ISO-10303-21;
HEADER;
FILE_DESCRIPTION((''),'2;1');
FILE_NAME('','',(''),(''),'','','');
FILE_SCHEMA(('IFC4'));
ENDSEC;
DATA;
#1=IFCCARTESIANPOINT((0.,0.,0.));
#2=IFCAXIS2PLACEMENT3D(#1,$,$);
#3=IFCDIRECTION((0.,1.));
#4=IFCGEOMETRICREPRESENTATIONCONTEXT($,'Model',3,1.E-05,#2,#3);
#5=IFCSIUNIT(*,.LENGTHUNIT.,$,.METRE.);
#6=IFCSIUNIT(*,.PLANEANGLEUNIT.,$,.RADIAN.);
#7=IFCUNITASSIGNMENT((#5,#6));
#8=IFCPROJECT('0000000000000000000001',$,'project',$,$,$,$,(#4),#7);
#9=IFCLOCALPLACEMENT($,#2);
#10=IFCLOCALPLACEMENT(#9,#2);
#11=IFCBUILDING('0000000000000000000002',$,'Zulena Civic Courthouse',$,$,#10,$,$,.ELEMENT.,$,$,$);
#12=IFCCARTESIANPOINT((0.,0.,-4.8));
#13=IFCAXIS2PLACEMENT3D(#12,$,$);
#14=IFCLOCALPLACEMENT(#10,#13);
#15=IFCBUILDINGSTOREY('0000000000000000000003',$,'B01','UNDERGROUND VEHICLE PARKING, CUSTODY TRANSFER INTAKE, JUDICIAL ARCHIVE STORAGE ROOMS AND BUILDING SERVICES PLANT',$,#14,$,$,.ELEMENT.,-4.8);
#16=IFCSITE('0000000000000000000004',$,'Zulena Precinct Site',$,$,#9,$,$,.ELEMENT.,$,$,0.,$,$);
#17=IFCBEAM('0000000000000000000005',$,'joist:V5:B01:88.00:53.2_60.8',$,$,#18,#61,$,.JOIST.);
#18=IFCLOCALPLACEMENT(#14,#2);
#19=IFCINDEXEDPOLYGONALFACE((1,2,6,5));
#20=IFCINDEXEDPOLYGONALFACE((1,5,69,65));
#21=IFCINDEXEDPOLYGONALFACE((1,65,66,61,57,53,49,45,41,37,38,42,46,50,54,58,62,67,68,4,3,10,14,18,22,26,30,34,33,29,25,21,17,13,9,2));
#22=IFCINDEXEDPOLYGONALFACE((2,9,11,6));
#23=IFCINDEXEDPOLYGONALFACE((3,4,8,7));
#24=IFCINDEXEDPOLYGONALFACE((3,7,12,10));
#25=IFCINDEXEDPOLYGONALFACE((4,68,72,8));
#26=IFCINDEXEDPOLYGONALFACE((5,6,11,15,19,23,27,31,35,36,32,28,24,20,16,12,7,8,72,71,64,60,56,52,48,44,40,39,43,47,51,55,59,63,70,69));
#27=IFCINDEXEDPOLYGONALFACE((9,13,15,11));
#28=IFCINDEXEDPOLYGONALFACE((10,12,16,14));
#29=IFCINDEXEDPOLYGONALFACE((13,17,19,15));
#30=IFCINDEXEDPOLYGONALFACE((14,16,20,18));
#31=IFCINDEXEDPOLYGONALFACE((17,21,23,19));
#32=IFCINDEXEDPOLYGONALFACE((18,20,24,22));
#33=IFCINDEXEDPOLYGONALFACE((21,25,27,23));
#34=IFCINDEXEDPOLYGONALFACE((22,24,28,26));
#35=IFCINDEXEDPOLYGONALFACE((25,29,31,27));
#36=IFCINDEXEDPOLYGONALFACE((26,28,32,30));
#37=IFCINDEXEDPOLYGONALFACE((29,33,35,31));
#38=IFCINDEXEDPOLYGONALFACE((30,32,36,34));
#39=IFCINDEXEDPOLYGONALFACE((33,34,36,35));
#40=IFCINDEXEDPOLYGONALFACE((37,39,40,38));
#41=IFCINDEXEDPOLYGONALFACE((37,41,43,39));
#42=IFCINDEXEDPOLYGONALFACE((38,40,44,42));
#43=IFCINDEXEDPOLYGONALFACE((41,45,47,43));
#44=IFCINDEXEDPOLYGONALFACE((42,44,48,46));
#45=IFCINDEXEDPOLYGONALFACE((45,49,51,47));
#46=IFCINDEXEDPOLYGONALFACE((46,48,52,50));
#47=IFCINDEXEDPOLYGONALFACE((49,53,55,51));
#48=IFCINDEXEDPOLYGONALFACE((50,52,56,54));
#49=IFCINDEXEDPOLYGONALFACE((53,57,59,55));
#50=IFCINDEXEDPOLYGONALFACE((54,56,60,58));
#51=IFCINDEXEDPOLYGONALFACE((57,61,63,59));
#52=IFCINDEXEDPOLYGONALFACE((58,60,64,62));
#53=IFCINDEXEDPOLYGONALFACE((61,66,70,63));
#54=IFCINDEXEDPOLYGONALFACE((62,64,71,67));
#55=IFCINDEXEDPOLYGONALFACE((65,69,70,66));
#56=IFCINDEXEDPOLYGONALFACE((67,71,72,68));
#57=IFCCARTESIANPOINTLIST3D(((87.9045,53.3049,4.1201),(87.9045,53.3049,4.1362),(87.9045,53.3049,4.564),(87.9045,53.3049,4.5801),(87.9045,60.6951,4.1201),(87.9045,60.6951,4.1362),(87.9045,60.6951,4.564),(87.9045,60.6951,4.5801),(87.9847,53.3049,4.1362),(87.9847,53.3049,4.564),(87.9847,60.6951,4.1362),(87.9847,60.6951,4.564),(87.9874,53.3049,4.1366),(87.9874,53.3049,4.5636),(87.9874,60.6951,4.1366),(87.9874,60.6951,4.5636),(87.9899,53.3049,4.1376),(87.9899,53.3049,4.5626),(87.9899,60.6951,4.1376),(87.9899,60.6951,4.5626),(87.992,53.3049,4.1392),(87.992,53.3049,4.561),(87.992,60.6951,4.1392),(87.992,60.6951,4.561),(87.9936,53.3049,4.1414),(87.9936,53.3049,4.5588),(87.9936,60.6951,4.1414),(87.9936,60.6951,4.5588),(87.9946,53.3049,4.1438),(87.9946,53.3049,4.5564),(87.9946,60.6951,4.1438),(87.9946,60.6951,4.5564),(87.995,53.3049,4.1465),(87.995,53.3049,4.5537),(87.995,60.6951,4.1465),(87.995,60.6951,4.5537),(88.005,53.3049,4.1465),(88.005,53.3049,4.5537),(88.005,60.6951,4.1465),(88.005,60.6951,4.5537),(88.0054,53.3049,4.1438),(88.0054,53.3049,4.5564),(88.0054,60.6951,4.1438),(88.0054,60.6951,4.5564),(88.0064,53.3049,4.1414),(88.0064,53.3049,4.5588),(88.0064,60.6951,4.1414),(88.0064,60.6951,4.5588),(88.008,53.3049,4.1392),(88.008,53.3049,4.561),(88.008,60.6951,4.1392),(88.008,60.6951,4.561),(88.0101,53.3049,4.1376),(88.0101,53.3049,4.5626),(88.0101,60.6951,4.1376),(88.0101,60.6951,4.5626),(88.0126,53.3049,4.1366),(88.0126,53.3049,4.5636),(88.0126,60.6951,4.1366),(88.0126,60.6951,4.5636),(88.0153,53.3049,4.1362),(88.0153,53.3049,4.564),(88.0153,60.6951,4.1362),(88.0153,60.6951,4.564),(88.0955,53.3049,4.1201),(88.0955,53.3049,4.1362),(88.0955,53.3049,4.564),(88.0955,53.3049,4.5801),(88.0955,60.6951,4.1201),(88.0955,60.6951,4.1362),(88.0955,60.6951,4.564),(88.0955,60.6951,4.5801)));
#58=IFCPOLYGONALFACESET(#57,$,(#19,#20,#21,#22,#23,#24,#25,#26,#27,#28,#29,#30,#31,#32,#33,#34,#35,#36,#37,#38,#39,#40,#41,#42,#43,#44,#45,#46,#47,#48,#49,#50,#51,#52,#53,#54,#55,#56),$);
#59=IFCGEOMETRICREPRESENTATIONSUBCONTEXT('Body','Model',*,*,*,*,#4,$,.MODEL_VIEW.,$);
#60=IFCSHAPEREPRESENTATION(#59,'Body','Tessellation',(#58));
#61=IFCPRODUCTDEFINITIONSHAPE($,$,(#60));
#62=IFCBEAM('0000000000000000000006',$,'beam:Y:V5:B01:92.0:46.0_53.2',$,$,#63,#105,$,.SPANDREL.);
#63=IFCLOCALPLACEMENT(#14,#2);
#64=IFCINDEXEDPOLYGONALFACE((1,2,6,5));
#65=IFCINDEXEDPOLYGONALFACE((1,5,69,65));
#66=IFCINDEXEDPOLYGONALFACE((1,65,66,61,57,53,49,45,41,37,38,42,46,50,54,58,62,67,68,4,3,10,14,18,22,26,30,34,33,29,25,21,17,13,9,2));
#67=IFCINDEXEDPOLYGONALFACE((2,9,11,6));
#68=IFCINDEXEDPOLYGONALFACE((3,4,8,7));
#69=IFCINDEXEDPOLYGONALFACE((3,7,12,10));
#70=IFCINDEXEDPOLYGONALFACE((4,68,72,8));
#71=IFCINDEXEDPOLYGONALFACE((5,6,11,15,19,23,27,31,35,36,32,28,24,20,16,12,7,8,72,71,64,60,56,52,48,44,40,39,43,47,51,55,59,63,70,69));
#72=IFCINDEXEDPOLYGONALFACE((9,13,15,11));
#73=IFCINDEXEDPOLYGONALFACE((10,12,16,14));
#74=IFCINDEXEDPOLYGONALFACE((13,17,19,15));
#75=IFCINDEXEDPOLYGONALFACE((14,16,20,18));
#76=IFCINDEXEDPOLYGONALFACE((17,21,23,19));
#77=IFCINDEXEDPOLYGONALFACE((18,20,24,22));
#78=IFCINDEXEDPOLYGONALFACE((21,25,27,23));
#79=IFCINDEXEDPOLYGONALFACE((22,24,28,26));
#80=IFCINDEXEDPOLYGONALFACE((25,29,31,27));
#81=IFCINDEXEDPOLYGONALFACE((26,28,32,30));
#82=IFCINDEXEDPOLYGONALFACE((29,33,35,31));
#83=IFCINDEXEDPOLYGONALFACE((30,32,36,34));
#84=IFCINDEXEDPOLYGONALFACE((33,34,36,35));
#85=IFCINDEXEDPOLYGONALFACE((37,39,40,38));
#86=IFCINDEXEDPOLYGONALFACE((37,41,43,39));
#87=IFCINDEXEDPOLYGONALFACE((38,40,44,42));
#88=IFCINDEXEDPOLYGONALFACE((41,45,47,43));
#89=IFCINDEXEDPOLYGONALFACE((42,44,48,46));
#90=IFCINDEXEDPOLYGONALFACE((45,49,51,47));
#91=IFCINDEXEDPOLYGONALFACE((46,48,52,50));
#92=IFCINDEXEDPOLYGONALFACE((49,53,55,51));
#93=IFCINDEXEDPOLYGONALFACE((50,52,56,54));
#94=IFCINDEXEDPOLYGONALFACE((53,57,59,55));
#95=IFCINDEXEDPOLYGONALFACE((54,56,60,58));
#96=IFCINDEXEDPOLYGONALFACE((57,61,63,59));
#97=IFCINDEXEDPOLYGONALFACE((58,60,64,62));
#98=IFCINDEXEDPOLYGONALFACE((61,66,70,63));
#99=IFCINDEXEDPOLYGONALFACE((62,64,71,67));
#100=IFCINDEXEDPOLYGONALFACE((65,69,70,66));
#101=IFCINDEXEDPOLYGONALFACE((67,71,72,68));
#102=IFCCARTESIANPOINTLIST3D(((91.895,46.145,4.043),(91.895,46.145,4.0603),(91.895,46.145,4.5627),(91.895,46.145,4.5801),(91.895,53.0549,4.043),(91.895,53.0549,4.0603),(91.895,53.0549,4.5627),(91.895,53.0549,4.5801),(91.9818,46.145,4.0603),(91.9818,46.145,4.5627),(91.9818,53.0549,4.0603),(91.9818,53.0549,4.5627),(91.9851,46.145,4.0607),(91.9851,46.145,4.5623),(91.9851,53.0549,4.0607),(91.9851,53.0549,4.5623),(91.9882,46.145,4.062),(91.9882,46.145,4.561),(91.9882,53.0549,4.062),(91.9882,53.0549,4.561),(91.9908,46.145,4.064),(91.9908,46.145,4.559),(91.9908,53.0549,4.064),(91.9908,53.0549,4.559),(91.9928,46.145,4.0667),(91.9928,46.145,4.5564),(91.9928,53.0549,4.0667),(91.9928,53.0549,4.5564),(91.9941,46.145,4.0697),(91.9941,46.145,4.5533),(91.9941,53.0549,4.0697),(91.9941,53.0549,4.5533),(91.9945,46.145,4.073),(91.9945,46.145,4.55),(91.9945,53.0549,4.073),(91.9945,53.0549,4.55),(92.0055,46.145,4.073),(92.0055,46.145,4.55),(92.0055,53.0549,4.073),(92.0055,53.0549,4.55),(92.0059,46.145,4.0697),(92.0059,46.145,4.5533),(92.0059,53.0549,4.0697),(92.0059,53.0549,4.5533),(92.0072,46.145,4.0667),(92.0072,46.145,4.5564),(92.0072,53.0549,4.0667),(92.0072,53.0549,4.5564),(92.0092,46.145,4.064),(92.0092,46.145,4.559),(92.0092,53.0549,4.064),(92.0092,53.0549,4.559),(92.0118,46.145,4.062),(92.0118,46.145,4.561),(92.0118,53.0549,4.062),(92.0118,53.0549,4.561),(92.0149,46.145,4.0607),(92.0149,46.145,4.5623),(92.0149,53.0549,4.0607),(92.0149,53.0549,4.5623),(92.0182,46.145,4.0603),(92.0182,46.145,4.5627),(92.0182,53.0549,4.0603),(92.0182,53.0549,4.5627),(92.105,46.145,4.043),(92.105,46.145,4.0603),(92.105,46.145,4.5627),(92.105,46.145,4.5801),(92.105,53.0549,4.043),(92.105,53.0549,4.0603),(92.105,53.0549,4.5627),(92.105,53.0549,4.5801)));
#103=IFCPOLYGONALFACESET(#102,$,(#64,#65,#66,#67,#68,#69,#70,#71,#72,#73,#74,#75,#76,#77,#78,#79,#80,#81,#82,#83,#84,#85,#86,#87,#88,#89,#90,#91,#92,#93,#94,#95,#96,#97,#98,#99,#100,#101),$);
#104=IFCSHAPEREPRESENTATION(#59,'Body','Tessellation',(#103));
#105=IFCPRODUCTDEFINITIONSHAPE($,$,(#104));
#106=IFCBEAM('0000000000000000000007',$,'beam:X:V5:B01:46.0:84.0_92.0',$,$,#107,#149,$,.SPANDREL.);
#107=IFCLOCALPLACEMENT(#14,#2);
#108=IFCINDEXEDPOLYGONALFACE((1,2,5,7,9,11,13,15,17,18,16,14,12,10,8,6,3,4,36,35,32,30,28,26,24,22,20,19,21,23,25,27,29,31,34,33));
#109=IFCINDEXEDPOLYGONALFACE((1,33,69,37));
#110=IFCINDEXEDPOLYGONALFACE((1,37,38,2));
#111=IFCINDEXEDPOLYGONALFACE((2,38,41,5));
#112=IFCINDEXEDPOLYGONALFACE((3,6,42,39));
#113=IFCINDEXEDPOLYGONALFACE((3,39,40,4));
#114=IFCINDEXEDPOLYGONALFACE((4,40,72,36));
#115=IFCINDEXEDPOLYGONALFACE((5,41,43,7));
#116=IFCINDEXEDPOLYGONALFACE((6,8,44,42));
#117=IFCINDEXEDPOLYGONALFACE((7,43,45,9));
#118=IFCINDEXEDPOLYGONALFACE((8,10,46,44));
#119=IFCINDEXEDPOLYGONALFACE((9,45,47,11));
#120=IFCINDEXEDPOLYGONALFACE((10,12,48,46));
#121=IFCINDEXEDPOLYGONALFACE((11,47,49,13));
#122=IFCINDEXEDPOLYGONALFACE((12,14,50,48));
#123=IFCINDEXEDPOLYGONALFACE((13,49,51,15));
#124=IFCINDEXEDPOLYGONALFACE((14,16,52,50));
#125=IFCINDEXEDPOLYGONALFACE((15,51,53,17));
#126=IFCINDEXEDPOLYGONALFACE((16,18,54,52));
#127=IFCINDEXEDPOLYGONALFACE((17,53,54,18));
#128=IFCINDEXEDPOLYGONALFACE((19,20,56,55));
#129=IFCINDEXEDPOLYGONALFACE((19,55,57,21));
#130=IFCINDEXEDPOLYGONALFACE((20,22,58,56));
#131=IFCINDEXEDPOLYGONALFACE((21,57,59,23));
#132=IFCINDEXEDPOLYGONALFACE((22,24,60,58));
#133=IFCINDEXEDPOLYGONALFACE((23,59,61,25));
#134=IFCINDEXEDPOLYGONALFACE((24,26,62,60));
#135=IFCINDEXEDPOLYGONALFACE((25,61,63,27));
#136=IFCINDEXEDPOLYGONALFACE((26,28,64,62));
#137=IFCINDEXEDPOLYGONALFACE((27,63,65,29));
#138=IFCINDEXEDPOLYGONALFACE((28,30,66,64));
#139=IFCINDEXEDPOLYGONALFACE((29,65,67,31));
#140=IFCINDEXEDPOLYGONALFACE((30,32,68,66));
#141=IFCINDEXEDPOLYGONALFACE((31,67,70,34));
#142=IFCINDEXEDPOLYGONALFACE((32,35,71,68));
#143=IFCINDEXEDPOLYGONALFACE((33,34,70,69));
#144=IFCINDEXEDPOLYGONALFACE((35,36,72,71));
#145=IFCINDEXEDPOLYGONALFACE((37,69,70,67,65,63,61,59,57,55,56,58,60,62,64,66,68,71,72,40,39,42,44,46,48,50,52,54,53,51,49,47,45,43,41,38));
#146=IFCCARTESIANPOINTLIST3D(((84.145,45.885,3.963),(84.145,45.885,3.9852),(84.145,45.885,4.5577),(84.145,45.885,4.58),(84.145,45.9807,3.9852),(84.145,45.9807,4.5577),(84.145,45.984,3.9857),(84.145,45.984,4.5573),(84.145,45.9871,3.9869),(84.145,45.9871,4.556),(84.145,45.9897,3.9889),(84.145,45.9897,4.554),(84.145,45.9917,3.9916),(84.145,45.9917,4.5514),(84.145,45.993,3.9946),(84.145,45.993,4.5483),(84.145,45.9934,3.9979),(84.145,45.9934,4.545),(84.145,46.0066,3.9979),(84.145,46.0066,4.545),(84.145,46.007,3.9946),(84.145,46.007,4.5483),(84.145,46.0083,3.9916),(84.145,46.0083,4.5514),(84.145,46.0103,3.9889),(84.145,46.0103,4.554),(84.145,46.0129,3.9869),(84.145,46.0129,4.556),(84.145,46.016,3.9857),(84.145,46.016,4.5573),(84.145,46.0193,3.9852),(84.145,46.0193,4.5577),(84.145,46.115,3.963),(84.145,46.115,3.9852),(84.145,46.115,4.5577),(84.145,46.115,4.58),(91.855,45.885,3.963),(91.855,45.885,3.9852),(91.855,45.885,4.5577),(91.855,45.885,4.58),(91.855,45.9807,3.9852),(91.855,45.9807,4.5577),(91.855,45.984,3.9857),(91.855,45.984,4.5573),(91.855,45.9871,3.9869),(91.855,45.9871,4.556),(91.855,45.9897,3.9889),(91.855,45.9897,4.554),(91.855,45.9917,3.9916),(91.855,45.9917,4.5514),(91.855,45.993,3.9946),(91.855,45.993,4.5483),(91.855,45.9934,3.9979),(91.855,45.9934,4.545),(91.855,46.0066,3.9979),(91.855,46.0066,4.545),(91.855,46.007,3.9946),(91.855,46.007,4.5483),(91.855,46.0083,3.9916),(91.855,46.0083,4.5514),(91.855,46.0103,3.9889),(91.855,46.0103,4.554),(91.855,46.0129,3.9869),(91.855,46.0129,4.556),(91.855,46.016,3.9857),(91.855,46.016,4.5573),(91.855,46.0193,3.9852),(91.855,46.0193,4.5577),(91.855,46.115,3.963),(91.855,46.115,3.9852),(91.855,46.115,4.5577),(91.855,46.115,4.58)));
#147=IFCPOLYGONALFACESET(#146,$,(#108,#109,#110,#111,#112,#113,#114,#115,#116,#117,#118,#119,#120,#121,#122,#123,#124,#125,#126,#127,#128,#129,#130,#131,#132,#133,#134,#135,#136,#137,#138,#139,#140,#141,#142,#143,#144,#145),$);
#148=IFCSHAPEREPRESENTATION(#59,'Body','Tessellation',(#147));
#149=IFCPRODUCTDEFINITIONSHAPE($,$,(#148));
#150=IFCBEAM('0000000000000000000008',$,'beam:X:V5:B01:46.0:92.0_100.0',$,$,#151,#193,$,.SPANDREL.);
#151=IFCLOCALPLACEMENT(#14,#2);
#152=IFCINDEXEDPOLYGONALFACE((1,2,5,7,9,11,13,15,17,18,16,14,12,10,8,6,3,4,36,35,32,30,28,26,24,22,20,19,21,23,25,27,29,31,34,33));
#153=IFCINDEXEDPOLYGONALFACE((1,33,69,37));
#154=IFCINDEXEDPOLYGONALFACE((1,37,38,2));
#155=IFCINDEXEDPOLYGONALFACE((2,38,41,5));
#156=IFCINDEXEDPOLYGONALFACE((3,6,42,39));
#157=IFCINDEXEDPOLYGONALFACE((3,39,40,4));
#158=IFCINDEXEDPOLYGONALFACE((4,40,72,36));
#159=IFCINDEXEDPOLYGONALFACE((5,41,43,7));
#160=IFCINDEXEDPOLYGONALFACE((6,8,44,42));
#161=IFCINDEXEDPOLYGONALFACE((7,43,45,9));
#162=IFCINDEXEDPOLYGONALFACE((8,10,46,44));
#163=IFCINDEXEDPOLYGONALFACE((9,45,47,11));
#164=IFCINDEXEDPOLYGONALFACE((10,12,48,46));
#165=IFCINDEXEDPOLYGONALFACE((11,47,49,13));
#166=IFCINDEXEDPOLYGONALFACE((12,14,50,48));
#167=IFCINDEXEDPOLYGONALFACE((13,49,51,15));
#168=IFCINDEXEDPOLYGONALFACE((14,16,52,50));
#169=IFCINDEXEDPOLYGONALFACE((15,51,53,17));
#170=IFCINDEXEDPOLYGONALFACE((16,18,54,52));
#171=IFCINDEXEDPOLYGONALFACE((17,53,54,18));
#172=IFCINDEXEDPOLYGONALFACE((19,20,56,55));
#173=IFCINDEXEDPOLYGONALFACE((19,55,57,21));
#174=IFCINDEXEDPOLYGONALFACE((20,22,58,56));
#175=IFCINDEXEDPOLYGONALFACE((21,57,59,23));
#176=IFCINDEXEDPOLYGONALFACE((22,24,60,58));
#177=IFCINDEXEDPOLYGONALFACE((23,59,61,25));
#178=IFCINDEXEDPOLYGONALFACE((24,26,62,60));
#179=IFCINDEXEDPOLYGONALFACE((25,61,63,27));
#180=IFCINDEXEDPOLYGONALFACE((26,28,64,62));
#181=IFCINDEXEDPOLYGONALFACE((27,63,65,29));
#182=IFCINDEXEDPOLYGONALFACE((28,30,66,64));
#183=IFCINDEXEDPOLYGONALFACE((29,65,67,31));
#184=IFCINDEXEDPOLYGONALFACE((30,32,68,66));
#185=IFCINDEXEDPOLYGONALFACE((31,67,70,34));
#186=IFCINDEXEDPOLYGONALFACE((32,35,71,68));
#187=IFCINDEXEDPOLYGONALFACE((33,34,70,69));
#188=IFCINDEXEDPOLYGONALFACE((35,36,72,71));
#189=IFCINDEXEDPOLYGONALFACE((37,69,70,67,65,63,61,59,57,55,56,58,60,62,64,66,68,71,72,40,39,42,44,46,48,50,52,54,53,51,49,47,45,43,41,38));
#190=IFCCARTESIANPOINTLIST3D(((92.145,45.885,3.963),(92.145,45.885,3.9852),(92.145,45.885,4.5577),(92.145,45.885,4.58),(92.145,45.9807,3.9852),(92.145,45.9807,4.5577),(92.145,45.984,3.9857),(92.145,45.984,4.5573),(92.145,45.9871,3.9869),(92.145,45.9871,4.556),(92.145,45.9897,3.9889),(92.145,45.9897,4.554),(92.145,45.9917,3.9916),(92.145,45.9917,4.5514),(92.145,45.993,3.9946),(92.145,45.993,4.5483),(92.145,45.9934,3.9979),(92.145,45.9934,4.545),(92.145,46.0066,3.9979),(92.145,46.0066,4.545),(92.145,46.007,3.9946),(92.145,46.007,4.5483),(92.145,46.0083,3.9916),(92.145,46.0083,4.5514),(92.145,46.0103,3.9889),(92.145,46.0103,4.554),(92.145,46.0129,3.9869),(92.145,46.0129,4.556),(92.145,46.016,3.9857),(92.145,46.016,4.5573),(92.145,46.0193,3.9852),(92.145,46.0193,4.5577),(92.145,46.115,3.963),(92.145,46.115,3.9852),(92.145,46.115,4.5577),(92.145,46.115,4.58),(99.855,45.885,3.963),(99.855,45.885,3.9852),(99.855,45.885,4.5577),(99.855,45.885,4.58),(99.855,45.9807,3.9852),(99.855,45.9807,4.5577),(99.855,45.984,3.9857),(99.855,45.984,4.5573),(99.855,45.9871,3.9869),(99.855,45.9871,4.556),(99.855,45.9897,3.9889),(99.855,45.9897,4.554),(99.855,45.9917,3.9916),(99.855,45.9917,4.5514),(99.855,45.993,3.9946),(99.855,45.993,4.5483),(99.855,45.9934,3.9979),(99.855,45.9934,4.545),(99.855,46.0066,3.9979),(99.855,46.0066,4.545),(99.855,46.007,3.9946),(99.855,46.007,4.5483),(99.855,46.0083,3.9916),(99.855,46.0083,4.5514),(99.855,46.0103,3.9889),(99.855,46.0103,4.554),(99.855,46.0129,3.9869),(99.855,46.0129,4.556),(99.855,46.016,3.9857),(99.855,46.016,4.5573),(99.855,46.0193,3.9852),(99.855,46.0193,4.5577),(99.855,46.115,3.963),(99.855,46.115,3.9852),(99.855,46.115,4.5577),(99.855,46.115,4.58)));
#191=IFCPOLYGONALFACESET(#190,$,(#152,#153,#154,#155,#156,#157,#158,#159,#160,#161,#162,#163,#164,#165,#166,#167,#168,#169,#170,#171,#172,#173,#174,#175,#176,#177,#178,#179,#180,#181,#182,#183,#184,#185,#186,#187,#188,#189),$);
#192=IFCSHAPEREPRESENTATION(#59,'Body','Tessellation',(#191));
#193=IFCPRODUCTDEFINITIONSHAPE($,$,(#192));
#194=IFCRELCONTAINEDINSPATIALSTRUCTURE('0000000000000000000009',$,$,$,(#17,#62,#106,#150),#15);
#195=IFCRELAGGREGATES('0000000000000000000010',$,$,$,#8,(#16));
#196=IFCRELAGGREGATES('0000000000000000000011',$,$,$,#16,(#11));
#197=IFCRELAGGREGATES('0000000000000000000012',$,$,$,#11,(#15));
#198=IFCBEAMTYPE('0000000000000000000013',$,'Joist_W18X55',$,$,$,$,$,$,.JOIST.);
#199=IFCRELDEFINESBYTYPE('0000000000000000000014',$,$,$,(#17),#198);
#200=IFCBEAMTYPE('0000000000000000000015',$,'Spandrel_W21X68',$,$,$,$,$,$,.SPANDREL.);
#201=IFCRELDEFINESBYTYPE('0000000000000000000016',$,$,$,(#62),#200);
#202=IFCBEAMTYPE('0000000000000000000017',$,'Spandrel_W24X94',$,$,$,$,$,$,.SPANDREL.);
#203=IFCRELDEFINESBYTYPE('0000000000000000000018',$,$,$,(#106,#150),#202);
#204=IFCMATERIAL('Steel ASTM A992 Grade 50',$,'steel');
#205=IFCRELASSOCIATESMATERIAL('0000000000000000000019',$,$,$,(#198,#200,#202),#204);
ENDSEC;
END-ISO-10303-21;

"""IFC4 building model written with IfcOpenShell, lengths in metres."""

from ifc_helpers import new_model, si_unit, direction, frame, origin, origin_2d, place, context, subcontext, project, spatial, i_section, extrude, material, material_profile, profile_set, type_object, element, save


model = new_model("IFC4")

# Units and contexts
model_context = context("Model", 3, precision=1e-05, world=origin(), true_north=direction((0.0, 1.0)))
body_context = subcontext(model_context, "Body", "Model", "MODEL_VIEW")
ifc_project = project(units=[si_unit("LENGTHUNIT", "METRE"), si_unit("PLANEANGLEUNIT", "RADIAN")], contexts=[model_context])

# Site, building, storey
site_placement = place(None, origin())
site = spatial("IfcSite", under=ifc_project, at=site_placement, Name="Zulena Precinct Site", CompositionType="ELEMENT", RefElevation=0.0)
building_placement = place(site_placement, origin())
building = spatial("IfcBuilding", under=site, at=building_placement, Name="Zulena Civic Courthouse", CompositionType="ELEMENT")
storey_placement = place(building_placement, frame((0.0, 0.0, -4.8)))
storey = spatial("IfcBuildingStorey", under=building, at=storey_placement, Name="B01", Description="UNDERGROUND VEHICLE PARKING, CUSTODY TRANSFER INTAKE, JUDICIAL ARCHIVE STORAGE ROOMS AND BUILDING SERVICES PLANT", CompositionType="ELEMENT", Elevation=-4.8)

# Shared definitions
ifc_material_1 = material(Name="Steel ASTM A992 Grade 50", Category="steel")

# Beams
ifc_material_profile_1 = material_profile(ifc_material_1, i_section(OverallWidth=0.1909, OverallDepth=0.46, WebThickness=0.01, FlangeThickness=0.0161, FilletRadius=0.0103, at=origin_2d()), Name="W18X55")
ifc_profile_set_1 = profile_set([ifc_material_profile_1], Name="Steel ASTM A992 Grade 50")
beam_type_1 = type_object("IfcBeamType", Name="Joist_W18X55", PredefinedType="JOIST", material=ifc_profile_set_1)
beam_1_placement = place(storey_placement, frame((88.0, 53.3049, 4.3501), z_axis=(0.0, 1.0, 0.0), x_axis=(-1.0, 0.0, 0.0)))
element("IfcBeam", 1, at=beam_1_placement, inside=storey, type_object=beam_type_1, Name="joist:V5:B01:88.00:53.2_60.8", PredefinedType="JOIST", context=body_context, shape_type="SweptSolid", body=[
    extrude(i_section(OverallWidth=0.1909, OverallDepth=0.46, WebThickness=0.01, FlangeThickness=0.0161, FilletRadius=0.0103, at=origin_2d()), origin(), (0.0, 0.0, 1.0), 7.3901),
])
ifc_material_profile_2 = material_profile(ifc_material_1, i_section(OverallWidth=0.21, OverallDepth=0.5371, WebThickness=0.011, FlangeThickness=0.0173, FilletRadius=0.0127, at=origin_2d()), Name="W21X68")
ifc_profile_set_2 = profile_set([ifc_material_profile_2], Name="Steel ASTM A992 Grade 50")
beam_type_2 = type_object("IfcBeamType", Name="Spandrel_W21X68", PredefinedType="SPANDREL", material=ifc_profile_set_2)
beam_2_placement = place(storey_placement, frame((92.0, 46.145, 4.3115), z_axis=(0.0, 1.0, 0.0), x_axis=(-1.0, 0.0, 0.0)))
element("IfcBeam", 2, at=beam_2_placement, inside=storey, type_object=beam_type_2, Name="beam:Y:V5:B01:92.0:46.0_53.2", PredefinedType="SPANDREL", context=body_context, shape_type="SweptSolid", body=[
    extrude(i_section(OverallWidth=0.21, OverallDepth=0.5371, WebThickness=0.011, FlangeThickness=0.0173, FilletRadius=0.0127, at=origin_2d()), origin(), (0.0, 0.0, 1.0), 6.9099),
])
ifc_material_profile_3 = material_profile(ifc_material_1, i_section(OverallWidth=0.23, OverallDepth=0.6169, WebThickness=0.0132, FlangeThickness=0.0222, FilletRadius=0.0127, at=origin_2d()), Name="W24X94")
ifc_profile_set_3 = profile_set([ifc_material_profile_3], Name="Steel ASTM A992 Grade 50")
beam_type_3 = type_object("IfcBeamType", Name="Spandrel_W24X94", PredefinedType="SPANDREL", material=ifc_profile_set_3)
for number, where, z_axis, x_axis, name in (
    (3, (84.145, 46.0, 4.2715), (1.0, 0.0, 0.0), (0.0, 1.0, 0.0), "beam:X:V5:B01:46.0:84.0_92.0"),
    (4, (92.145, 46.0, 4.2715), (1.0, 0.0, 0.0), (0.0, 1.0, 0.0), "beam:X:V5:B01:46.0:92.0_100.0"),
):
    element("IfcBeam", number, at=place(storey_placement, frame(where, z_axis=z_axis, x_axis=x_axis)), inside=storey, type_object=beam_type_3, Name=name, PredefinedType="SPANDREL", context=body_context, shape_type="SweptSolid", body=[
        extrude(i_section(OverallWidth=0.23, OverallDepth=0.6169, WebThickness=0.0132, FlangeThickness=0.0222, FilletRadius=0.0127, at=origin_2d()), origin(), (0.0, 0.0, 1.0), 7.71),
    ])

save(model, "model.ifc")
